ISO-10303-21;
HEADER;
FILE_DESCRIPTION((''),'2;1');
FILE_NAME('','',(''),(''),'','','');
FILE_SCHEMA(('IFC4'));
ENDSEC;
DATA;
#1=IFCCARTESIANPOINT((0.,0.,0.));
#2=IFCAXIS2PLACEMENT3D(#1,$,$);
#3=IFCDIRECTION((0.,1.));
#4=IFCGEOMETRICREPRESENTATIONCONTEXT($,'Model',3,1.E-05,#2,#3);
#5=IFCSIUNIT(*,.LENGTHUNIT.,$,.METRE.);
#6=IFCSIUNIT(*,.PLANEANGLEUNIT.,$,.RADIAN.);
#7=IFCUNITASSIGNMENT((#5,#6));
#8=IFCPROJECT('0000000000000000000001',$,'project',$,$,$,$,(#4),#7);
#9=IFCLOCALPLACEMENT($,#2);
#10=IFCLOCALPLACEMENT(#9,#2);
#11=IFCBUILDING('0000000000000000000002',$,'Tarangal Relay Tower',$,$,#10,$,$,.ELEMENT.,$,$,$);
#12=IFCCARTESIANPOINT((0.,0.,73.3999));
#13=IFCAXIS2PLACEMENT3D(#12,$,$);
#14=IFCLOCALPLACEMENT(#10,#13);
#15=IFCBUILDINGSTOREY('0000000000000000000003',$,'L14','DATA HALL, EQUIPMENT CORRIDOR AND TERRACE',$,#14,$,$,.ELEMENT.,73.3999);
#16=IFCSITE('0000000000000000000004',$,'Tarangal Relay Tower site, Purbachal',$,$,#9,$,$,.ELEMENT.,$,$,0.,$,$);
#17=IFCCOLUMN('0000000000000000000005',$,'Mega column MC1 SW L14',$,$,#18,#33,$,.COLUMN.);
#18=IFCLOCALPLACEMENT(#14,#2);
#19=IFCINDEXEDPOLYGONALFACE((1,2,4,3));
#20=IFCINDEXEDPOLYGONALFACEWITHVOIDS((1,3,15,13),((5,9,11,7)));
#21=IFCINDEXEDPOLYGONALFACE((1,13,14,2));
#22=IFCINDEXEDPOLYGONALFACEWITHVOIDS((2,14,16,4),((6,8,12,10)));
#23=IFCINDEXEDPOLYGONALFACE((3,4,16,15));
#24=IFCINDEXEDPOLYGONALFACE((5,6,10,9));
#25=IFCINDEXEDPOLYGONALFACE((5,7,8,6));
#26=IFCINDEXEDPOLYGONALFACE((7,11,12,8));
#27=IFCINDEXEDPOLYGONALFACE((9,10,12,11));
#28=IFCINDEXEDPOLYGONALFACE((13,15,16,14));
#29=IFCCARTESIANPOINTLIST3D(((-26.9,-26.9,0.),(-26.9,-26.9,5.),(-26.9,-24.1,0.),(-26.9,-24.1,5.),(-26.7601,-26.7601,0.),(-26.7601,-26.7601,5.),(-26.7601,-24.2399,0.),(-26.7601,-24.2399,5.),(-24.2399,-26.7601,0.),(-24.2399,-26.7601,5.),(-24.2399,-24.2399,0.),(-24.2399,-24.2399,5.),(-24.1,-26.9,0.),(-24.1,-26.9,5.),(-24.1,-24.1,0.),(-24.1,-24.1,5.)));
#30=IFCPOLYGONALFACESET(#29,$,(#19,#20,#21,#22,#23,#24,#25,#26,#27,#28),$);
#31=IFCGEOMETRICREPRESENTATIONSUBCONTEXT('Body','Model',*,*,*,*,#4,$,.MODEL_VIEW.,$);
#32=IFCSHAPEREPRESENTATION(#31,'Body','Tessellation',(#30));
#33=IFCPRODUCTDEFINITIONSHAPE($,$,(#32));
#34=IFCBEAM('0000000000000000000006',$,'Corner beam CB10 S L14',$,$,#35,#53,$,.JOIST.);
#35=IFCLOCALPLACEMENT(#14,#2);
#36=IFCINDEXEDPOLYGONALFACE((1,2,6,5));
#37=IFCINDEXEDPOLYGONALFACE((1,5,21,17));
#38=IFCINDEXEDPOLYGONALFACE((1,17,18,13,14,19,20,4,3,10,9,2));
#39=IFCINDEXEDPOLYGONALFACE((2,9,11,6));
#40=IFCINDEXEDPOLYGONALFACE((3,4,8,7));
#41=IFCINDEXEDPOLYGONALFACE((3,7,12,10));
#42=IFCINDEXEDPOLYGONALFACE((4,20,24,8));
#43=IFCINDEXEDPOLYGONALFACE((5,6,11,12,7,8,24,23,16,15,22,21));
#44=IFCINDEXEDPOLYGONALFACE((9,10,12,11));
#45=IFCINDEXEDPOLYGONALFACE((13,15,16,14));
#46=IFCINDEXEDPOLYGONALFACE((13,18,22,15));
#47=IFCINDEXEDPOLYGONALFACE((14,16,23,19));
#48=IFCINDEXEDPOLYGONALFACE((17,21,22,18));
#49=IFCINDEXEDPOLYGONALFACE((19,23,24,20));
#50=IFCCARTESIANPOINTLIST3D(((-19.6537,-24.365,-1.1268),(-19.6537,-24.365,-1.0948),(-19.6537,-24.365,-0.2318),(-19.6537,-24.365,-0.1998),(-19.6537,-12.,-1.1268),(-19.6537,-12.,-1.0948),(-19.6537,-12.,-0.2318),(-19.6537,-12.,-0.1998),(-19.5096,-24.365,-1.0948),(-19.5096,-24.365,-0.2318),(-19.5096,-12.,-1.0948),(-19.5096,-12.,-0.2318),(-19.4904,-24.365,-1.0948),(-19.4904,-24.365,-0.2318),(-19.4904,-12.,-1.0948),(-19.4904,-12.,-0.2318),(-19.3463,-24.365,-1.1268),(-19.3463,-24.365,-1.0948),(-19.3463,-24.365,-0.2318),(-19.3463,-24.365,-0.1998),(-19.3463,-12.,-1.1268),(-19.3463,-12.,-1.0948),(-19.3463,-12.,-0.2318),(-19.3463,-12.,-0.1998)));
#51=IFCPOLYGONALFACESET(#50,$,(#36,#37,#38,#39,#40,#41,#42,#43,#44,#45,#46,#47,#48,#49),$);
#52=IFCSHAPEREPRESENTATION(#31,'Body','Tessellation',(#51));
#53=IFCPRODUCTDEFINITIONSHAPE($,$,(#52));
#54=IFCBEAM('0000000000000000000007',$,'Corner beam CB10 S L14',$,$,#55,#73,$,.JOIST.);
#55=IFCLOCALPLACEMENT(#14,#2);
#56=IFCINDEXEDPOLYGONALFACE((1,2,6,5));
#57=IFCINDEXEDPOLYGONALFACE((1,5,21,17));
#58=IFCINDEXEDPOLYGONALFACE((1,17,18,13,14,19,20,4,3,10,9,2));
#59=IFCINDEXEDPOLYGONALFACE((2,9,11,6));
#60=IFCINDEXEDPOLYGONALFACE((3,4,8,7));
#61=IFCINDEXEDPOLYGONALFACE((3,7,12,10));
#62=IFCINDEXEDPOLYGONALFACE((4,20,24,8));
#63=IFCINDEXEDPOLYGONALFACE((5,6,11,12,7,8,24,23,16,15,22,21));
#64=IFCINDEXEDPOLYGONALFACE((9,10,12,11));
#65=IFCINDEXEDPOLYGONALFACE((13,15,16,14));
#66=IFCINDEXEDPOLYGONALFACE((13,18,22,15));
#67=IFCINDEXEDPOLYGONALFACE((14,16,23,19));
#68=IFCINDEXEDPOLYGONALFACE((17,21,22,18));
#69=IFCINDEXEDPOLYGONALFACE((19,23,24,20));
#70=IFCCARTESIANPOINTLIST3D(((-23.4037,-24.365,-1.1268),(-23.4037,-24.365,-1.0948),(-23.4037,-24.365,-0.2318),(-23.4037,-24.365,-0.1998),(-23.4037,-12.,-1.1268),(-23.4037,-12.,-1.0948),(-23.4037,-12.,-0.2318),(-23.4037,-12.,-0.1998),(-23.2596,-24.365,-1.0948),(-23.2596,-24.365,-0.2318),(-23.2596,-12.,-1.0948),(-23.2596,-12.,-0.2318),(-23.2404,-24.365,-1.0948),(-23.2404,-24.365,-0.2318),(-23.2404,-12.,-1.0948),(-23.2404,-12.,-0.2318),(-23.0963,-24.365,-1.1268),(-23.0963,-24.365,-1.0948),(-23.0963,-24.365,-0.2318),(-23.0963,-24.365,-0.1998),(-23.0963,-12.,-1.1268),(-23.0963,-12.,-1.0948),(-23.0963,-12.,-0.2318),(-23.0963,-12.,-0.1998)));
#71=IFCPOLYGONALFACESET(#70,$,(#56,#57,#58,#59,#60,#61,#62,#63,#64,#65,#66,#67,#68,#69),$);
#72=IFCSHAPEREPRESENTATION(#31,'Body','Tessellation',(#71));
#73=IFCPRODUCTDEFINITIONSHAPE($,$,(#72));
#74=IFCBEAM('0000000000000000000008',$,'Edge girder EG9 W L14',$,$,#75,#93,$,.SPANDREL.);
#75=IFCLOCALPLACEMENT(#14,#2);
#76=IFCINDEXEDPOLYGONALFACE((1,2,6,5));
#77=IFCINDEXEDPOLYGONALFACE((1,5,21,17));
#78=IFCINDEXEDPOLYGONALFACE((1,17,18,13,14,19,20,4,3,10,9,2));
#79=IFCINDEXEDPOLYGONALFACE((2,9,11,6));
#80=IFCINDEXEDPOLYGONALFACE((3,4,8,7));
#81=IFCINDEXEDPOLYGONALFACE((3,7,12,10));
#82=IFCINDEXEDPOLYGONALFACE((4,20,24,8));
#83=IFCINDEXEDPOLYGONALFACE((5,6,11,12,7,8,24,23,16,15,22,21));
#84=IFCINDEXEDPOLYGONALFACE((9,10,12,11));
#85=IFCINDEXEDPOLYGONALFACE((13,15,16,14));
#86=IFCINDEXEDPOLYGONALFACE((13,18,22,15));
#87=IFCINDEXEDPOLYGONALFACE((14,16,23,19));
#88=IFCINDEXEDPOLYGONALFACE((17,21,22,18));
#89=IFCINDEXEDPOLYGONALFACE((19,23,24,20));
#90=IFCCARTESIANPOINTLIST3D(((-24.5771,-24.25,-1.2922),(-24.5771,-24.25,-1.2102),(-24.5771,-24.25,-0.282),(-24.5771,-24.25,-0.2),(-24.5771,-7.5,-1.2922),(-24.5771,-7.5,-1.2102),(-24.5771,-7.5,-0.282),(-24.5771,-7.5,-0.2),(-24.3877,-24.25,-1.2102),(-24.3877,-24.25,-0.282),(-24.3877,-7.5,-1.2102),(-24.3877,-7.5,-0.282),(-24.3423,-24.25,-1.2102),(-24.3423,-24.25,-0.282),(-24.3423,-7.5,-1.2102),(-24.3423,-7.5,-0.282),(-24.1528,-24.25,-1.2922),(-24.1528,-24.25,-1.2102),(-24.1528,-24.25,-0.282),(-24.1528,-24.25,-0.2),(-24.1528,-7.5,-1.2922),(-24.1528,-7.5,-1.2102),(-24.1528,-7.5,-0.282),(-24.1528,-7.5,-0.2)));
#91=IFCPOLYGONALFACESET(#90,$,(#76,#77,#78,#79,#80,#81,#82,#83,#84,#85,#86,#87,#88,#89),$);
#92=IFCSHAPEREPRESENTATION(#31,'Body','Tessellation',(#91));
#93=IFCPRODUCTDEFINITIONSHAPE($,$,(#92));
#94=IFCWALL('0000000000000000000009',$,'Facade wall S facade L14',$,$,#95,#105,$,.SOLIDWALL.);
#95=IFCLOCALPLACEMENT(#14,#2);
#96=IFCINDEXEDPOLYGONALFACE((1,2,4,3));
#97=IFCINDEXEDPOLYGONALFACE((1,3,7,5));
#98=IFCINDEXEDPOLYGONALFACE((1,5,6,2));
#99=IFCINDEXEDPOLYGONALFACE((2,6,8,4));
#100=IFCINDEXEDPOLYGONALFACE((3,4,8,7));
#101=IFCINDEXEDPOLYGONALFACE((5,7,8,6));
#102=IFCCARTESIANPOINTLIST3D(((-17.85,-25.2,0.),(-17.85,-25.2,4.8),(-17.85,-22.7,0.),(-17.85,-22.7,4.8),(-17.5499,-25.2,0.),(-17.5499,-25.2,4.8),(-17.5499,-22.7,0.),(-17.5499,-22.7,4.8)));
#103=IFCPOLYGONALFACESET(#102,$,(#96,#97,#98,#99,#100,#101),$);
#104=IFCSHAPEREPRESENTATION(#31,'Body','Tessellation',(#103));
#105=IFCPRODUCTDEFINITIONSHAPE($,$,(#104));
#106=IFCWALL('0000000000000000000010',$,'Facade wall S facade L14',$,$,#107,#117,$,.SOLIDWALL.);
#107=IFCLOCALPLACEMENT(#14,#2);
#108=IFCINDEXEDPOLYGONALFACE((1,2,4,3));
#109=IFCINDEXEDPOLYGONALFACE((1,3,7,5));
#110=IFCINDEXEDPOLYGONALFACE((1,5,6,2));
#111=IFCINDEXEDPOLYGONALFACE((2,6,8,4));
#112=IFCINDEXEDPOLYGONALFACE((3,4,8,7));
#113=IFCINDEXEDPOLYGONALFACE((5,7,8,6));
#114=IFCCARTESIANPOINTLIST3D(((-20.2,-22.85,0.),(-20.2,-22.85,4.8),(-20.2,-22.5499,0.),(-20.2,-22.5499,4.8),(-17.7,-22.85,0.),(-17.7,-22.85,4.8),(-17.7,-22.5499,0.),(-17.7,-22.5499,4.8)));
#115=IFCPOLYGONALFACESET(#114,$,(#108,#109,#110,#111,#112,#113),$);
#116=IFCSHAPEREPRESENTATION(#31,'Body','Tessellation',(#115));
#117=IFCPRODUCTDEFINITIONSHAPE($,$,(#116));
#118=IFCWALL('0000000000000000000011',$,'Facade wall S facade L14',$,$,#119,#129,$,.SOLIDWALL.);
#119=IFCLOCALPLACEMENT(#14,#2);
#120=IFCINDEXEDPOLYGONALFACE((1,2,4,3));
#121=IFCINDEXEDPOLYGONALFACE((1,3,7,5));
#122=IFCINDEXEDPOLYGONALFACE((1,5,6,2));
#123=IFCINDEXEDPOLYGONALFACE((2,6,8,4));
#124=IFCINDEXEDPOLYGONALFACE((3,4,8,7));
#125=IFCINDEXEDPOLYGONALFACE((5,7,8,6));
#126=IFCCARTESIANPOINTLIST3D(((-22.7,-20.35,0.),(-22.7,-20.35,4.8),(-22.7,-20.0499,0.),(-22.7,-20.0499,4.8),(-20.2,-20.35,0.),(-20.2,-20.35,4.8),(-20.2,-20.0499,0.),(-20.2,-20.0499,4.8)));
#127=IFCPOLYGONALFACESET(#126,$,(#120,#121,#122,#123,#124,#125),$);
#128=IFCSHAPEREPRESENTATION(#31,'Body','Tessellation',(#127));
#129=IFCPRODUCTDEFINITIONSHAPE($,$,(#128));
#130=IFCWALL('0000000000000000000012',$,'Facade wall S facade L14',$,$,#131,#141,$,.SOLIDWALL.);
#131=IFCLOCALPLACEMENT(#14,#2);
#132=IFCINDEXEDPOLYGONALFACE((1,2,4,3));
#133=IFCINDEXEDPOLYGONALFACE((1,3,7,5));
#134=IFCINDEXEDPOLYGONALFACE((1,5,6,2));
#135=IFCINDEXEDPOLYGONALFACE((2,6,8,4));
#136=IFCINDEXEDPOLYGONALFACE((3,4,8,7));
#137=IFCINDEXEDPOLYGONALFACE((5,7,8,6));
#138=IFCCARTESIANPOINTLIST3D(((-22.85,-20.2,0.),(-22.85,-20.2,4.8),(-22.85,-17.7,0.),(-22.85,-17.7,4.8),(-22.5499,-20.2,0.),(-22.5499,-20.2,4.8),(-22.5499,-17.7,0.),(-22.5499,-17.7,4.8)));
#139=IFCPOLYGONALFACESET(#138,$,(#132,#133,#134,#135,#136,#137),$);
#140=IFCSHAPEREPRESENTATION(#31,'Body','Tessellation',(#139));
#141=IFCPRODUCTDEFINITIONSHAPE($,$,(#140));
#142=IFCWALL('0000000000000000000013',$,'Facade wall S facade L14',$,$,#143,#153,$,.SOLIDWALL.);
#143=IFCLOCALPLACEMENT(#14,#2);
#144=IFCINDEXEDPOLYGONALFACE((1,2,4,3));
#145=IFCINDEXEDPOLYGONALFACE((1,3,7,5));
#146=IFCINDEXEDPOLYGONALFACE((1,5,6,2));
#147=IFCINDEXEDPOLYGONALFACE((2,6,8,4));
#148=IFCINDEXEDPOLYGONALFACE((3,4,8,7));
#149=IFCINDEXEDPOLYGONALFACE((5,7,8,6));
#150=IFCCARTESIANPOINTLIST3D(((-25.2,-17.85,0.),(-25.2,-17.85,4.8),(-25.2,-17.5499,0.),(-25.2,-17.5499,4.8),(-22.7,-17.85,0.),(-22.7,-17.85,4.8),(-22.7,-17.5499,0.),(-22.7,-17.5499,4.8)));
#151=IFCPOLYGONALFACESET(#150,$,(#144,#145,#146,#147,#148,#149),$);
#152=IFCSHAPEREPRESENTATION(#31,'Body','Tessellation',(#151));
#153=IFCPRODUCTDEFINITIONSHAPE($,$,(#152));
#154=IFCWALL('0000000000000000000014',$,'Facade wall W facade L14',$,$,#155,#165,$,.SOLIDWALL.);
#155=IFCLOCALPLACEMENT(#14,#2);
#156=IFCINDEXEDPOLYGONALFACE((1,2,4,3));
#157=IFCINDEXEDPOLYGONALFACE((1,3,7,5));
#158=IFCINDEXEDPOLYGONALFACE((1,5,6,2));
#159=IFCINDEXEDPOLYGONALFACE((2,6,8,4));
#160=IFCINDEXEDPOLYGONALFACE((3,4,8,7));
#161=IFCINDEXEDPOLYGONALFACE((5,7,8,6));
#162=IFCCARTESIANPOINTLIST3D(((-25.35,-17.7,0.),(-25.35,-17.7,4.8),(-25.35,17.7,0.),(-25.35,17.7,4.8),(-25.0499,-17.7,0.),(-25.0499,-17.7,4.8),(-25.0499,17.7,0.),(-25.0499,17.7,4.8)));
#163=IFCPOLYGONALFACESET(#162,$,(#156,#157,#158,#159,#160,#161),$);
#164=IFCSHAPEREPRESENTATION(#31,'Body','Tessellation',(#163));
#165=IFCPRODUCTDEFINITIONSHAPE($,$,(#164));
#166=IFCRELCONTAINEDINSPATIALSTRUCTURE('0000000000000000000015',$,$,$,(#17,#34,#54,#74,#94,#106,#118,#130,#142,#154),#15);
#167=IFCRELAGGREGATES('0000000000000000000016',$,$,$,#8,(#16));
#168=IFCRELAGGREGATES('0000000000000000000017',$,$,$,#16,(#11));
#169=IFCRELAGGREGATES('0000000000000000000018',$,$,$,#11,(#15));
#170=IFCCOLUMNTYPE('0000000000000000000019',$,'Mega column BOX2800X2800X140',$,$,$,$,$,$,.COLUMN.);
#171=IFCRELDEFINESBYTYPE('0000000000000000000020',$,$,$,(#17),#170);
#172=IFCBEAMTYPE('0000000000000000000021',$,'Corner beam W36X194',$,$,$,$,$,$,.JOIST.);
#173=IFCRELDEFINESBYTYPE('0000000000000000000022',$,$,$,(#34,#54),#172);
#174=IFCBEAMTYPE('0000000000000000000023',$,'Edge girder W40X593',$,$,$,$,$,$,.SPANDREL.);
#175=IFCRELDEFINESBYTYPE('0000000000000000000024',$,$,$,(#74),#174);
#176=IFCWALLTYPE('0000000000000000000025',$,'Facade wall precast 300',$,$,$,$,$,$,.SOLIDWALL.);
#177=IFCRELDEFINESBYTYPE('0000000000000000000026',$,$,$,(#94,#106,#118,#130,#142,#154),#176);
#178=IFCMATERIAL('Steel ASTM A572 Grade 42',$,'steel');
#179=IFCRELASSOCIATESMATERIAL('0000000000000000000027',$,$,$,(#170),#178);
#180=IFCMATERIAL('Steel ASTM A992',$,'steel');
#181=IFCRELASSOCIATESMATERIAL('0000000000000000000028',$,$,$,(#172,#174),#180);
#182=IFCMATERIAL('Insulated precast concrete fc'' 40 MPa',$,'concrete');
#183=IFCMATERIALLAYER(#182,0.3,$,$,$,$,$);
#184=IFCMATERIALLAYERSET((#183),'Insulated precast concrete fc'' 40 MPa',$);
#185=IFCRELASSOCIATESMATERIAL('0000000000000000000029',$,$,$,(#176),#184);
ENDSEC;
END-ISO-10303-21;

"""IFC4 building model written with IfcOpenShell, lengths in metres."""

from ifc_helpers import new_model, si_unit, direction, frame, frame_2d, origin, origin_2d, place, context, subcontext, project, spatial, rectangle, hollow_rectangle, i_section, extrude, material, layer, layer_set, material_profile, profile_set, type_object, element, save


model = new_model("IFC4")

# Units and contexts
model_context = context("Model", 3, precision=1e-05, world=origin(), true_north=direction((0.0, 1.0)))
body_context = subcontext(model_context, "Body", "Model", "MODEL_VIEW")
ifc_project = project(units=[si_unit("LENGTHUNIT", "METRE"), si_unit("PLANEANGLEUNIT", "RADIAN")], contexts=[model_context])

# Site, building, storey
site_placement = place(None, origin())
site = spatial("IfcSite", under=ifc_project, at=site_placement, Name="Tarangal Relay Tower site, Purbachal", CompositionType="ELEMENT", RefElevation=0.0)
building_placement = place(site_placement, origin())
building = spatial("IfcBuilding", under=site, at=building_placement, Name="Tarangal Relay Tower", CompositionType="ELEMENT")
storey_placement = place(building_placement, frame((0.0, 0.0, 73.3999)))
storey = spatial("IfcBuildingStorey", under=building, at=storey_placement, Name="L14", Description="DATA HALL, EQUIPMENT CORRIDOR AND TERRACE", CompositionType="ELEMENT", Elevation=73.3999)

# Column
ifc_material_1 = material(Name="Steel ASTM A572 Grade 42", Category="steel")
ifc_material_profile_1 = material_profile(ifc_material_1, hollow_rectangle(XDim=2.8, YDim=2.8, WallThickness=0.1399, at=origin_2d()), Name="BOX2800X2800X140")
ifc_profile_set_1 = profile_set([ifc_material_profile_1], Name="Steel ASTM A572 Grade 42")
column_type = type_object("IfcColumnType", Name="Mega column BOX2800X2800X140", PredefinedType="COLUMN", material=ifc_profile_set_1)
column_placement = place(storey_placement, frame((-25.5, -25.5, 0.0), z_axis=(0.0, 0.0, 1.0), x_axis=(1.0, 0.0, 0.0)))
element("IfcColumn", 1, at=column_placement, inside=storey, type_object=column_type, Name="Mega column MC1 SW L14", PredefinedType="COLUMN", context=body_context, shape_type="SweptSolid", body=[
    extrude(hollow_rectangle(XDim=2.8, YDim=2.8, WallThickness=0.1399, at=origin_2d()), origin(), (0.0, 0.0, 1.0), 5.0),
])

# Beams
ifc_material_2 = material(Name="Steel ASTM A992", Category="steel")
ifc_material_profile_2 = material_profile(ifc_material_2, i_section(OverallWidth=0.3074, OverallDepth=0.927, WebThickness=0.0193, FlangeThickness=0.032, at=origin_2d()), Name="W36X194")
ifc_profile_set_2 = profile_set([ifc_material_profile_2], Name="Steel ASTM A992")
beam_type_1 = type_object("IfcBeamType", Name="Corner beam W36X194", PredefinedType="JOIST", material=ifc_profile_set_2)
for number, where, z_axis, x_axis, name in (
    (2, (-19.5, -12.0, -0.6633), (0.0, -1.0, 0.0), (1.0, 0.0, 0.0), "Corner beam CB10 S L14"),
    (3, (-23.25, -12.0, -0.6633), (0.0, -1.0, 0.0), (1.0, 0.0, 0.0), "Corner beam CB10 S L14"),
):
    element("IfcBeam", number, at=place(storey_placement, frame(where, z_axis=z_axis, x_axis=x_axis)), inside=storey, type_object=beam_type_1, Name=name, PredefinedType="JOIST", context=body_context, shape_type="SweptSolid", body=[
        extrude(i_section(OverallWidth=0.3074, OverallDepth=0.927, WebThickness=0.0193, FlangeThickness=0.032, at=origin_2d()), origin(), (0.0, 0.0, 1.0), 12.365),
    ])
ifc_material_profile_3 = material_profile(ifc_material_2, i_section(OverallWidth=0.4243, OverallDepth=1.0923, WebThickness=0.0454, FlangeThickness=0.082, at=origin_2d()), Name="W40X593")
ifc_profile_set_3 = profile_set([ifc_material_profile_3], Name="Steel ASTM A992")
beam_type_2 = type_object("IfcBeamType", Name="Edge girder W40X593", PredefinedType="SPANDREL", material=ifc_profile_set_3)
beam_placement = place(storey_placement, frame((-24.365, -24.25, -0.7461), z_axis=(0.0, 1.0, 0.0), x_axis=(-1.0, 0.0, 0.0)))
element("IfcBeam", 4, at=beam_placement, inside=storey, type_object=beam_type_2, Name="Edge girder EG9 W L14", PredefinedType="SPANDREL", context=body_context, shape_type="SweptSolid", body=[
    extrude(i_section(OverallWidth=0.4243, OverallDepth=1.0923, WebThickness=0.0454, FlangeThickness=0.082, at=origin_2d()), origin(), (0.0, 0.0, 1.0), 16.75),
])

# Walls
ifc_material_3 = material(Name="Insulated precast concrete fc' 40 MPa", Category="concrete")
ifc_layer_1 = layer(ifc_material_3, 0.3)
ifc_layer_set_1 = layer_set([ifc_layer_1], Name="Insulated precast concrete fc' 40 MPa")
wall_type_1 = type_object("IfcWallType", Name="Facade wall precast 300", PredefinedType="SOLIDWALL", material=ifc_layer_set_1)
for number, where, z_axis, x_axis, name in (
    (5, (-17.7, -25.2, 0.0), (0.0, 0.0, 1.0), (0.0, 1.0, 0.0), "Facade wall S facade L14"),
    (6, (-17.7, -22.7, 0.0), (0.0, 0.0, 1.0), (-1.0, 0.0, 0.0), "Facade wall S facade L14"),
):
    element("IfcWall", number, at=place(storey_placement, frame(where, z_axis=z_axis, x_axis=x_axis)), inside=storey, type_object=wall_type_1, Name=name, PredefinedType="SOLIDWALL", context=body_context, shape_type="SweptSolid", body=[
        extrude(rectangle(XDim=2.5, YDim=0.3, at=frame_2d((1.25, 0.0))), origin(), (0.0, 0.0, 1.0), 4.8),
    ])

# Walls
for number, where, z_axis, x_axis, name in (
    (7, (-20.2, -20.2, 0.0), (0.0, 0.0, 1.0), (-1.0, 0.0, 0.0), "Facade wall S facade L14"),
    (8, (-22.7, -20.2, 0.0), (0.0, 0.0, 1.0), (0.0, 1.0, 0.0), "Facade wall S facade L14"),
    (9, (-22.7, -17.7, 0.0), (0.0, 0.0, 1.0), (-1.0, 0.0, 0.0), "Facade wall S facade L14"),
):
    element("IfcWall", number, at=place(storey_placement, frame(where, z_axis=z_axis, x_axis=x_axis)), inside=storey, type_object=wall_type_1, Name=name, PredefinedType="SOLIDWALL", context=body_context, shape_type="SweptSolid", body=[
        extrude(rectangle(XDim=2.5, YDim=0.3, at=frame_2d((1.25, 0.0))), origin(), (0.0, 0.0, 1.0), 4.8),
    ])
wall_1_placement = place(storey_placement, frame((-25.2, -17.7, 0.0), z_axis=(0.0, 0.0, 1.0), x_axis=(0.0, 1.0, 0.0)))
element("IfcWall", 10, at=wall_1_placement, inside=storey, type_object=wall_type_1, Name="Facade wall W facade L14", PredefinedType="SOLIDWALL", context=body_context, shape_type="SweptSolid", body=[
    extrude(rectangle(XDim=35.3999, YDim=0.3, at=frame_2d((17.7, 0.0))), origin(), (0.0, 0.0, 1.0), 4.8),
])

save(model, "model.ifc")
